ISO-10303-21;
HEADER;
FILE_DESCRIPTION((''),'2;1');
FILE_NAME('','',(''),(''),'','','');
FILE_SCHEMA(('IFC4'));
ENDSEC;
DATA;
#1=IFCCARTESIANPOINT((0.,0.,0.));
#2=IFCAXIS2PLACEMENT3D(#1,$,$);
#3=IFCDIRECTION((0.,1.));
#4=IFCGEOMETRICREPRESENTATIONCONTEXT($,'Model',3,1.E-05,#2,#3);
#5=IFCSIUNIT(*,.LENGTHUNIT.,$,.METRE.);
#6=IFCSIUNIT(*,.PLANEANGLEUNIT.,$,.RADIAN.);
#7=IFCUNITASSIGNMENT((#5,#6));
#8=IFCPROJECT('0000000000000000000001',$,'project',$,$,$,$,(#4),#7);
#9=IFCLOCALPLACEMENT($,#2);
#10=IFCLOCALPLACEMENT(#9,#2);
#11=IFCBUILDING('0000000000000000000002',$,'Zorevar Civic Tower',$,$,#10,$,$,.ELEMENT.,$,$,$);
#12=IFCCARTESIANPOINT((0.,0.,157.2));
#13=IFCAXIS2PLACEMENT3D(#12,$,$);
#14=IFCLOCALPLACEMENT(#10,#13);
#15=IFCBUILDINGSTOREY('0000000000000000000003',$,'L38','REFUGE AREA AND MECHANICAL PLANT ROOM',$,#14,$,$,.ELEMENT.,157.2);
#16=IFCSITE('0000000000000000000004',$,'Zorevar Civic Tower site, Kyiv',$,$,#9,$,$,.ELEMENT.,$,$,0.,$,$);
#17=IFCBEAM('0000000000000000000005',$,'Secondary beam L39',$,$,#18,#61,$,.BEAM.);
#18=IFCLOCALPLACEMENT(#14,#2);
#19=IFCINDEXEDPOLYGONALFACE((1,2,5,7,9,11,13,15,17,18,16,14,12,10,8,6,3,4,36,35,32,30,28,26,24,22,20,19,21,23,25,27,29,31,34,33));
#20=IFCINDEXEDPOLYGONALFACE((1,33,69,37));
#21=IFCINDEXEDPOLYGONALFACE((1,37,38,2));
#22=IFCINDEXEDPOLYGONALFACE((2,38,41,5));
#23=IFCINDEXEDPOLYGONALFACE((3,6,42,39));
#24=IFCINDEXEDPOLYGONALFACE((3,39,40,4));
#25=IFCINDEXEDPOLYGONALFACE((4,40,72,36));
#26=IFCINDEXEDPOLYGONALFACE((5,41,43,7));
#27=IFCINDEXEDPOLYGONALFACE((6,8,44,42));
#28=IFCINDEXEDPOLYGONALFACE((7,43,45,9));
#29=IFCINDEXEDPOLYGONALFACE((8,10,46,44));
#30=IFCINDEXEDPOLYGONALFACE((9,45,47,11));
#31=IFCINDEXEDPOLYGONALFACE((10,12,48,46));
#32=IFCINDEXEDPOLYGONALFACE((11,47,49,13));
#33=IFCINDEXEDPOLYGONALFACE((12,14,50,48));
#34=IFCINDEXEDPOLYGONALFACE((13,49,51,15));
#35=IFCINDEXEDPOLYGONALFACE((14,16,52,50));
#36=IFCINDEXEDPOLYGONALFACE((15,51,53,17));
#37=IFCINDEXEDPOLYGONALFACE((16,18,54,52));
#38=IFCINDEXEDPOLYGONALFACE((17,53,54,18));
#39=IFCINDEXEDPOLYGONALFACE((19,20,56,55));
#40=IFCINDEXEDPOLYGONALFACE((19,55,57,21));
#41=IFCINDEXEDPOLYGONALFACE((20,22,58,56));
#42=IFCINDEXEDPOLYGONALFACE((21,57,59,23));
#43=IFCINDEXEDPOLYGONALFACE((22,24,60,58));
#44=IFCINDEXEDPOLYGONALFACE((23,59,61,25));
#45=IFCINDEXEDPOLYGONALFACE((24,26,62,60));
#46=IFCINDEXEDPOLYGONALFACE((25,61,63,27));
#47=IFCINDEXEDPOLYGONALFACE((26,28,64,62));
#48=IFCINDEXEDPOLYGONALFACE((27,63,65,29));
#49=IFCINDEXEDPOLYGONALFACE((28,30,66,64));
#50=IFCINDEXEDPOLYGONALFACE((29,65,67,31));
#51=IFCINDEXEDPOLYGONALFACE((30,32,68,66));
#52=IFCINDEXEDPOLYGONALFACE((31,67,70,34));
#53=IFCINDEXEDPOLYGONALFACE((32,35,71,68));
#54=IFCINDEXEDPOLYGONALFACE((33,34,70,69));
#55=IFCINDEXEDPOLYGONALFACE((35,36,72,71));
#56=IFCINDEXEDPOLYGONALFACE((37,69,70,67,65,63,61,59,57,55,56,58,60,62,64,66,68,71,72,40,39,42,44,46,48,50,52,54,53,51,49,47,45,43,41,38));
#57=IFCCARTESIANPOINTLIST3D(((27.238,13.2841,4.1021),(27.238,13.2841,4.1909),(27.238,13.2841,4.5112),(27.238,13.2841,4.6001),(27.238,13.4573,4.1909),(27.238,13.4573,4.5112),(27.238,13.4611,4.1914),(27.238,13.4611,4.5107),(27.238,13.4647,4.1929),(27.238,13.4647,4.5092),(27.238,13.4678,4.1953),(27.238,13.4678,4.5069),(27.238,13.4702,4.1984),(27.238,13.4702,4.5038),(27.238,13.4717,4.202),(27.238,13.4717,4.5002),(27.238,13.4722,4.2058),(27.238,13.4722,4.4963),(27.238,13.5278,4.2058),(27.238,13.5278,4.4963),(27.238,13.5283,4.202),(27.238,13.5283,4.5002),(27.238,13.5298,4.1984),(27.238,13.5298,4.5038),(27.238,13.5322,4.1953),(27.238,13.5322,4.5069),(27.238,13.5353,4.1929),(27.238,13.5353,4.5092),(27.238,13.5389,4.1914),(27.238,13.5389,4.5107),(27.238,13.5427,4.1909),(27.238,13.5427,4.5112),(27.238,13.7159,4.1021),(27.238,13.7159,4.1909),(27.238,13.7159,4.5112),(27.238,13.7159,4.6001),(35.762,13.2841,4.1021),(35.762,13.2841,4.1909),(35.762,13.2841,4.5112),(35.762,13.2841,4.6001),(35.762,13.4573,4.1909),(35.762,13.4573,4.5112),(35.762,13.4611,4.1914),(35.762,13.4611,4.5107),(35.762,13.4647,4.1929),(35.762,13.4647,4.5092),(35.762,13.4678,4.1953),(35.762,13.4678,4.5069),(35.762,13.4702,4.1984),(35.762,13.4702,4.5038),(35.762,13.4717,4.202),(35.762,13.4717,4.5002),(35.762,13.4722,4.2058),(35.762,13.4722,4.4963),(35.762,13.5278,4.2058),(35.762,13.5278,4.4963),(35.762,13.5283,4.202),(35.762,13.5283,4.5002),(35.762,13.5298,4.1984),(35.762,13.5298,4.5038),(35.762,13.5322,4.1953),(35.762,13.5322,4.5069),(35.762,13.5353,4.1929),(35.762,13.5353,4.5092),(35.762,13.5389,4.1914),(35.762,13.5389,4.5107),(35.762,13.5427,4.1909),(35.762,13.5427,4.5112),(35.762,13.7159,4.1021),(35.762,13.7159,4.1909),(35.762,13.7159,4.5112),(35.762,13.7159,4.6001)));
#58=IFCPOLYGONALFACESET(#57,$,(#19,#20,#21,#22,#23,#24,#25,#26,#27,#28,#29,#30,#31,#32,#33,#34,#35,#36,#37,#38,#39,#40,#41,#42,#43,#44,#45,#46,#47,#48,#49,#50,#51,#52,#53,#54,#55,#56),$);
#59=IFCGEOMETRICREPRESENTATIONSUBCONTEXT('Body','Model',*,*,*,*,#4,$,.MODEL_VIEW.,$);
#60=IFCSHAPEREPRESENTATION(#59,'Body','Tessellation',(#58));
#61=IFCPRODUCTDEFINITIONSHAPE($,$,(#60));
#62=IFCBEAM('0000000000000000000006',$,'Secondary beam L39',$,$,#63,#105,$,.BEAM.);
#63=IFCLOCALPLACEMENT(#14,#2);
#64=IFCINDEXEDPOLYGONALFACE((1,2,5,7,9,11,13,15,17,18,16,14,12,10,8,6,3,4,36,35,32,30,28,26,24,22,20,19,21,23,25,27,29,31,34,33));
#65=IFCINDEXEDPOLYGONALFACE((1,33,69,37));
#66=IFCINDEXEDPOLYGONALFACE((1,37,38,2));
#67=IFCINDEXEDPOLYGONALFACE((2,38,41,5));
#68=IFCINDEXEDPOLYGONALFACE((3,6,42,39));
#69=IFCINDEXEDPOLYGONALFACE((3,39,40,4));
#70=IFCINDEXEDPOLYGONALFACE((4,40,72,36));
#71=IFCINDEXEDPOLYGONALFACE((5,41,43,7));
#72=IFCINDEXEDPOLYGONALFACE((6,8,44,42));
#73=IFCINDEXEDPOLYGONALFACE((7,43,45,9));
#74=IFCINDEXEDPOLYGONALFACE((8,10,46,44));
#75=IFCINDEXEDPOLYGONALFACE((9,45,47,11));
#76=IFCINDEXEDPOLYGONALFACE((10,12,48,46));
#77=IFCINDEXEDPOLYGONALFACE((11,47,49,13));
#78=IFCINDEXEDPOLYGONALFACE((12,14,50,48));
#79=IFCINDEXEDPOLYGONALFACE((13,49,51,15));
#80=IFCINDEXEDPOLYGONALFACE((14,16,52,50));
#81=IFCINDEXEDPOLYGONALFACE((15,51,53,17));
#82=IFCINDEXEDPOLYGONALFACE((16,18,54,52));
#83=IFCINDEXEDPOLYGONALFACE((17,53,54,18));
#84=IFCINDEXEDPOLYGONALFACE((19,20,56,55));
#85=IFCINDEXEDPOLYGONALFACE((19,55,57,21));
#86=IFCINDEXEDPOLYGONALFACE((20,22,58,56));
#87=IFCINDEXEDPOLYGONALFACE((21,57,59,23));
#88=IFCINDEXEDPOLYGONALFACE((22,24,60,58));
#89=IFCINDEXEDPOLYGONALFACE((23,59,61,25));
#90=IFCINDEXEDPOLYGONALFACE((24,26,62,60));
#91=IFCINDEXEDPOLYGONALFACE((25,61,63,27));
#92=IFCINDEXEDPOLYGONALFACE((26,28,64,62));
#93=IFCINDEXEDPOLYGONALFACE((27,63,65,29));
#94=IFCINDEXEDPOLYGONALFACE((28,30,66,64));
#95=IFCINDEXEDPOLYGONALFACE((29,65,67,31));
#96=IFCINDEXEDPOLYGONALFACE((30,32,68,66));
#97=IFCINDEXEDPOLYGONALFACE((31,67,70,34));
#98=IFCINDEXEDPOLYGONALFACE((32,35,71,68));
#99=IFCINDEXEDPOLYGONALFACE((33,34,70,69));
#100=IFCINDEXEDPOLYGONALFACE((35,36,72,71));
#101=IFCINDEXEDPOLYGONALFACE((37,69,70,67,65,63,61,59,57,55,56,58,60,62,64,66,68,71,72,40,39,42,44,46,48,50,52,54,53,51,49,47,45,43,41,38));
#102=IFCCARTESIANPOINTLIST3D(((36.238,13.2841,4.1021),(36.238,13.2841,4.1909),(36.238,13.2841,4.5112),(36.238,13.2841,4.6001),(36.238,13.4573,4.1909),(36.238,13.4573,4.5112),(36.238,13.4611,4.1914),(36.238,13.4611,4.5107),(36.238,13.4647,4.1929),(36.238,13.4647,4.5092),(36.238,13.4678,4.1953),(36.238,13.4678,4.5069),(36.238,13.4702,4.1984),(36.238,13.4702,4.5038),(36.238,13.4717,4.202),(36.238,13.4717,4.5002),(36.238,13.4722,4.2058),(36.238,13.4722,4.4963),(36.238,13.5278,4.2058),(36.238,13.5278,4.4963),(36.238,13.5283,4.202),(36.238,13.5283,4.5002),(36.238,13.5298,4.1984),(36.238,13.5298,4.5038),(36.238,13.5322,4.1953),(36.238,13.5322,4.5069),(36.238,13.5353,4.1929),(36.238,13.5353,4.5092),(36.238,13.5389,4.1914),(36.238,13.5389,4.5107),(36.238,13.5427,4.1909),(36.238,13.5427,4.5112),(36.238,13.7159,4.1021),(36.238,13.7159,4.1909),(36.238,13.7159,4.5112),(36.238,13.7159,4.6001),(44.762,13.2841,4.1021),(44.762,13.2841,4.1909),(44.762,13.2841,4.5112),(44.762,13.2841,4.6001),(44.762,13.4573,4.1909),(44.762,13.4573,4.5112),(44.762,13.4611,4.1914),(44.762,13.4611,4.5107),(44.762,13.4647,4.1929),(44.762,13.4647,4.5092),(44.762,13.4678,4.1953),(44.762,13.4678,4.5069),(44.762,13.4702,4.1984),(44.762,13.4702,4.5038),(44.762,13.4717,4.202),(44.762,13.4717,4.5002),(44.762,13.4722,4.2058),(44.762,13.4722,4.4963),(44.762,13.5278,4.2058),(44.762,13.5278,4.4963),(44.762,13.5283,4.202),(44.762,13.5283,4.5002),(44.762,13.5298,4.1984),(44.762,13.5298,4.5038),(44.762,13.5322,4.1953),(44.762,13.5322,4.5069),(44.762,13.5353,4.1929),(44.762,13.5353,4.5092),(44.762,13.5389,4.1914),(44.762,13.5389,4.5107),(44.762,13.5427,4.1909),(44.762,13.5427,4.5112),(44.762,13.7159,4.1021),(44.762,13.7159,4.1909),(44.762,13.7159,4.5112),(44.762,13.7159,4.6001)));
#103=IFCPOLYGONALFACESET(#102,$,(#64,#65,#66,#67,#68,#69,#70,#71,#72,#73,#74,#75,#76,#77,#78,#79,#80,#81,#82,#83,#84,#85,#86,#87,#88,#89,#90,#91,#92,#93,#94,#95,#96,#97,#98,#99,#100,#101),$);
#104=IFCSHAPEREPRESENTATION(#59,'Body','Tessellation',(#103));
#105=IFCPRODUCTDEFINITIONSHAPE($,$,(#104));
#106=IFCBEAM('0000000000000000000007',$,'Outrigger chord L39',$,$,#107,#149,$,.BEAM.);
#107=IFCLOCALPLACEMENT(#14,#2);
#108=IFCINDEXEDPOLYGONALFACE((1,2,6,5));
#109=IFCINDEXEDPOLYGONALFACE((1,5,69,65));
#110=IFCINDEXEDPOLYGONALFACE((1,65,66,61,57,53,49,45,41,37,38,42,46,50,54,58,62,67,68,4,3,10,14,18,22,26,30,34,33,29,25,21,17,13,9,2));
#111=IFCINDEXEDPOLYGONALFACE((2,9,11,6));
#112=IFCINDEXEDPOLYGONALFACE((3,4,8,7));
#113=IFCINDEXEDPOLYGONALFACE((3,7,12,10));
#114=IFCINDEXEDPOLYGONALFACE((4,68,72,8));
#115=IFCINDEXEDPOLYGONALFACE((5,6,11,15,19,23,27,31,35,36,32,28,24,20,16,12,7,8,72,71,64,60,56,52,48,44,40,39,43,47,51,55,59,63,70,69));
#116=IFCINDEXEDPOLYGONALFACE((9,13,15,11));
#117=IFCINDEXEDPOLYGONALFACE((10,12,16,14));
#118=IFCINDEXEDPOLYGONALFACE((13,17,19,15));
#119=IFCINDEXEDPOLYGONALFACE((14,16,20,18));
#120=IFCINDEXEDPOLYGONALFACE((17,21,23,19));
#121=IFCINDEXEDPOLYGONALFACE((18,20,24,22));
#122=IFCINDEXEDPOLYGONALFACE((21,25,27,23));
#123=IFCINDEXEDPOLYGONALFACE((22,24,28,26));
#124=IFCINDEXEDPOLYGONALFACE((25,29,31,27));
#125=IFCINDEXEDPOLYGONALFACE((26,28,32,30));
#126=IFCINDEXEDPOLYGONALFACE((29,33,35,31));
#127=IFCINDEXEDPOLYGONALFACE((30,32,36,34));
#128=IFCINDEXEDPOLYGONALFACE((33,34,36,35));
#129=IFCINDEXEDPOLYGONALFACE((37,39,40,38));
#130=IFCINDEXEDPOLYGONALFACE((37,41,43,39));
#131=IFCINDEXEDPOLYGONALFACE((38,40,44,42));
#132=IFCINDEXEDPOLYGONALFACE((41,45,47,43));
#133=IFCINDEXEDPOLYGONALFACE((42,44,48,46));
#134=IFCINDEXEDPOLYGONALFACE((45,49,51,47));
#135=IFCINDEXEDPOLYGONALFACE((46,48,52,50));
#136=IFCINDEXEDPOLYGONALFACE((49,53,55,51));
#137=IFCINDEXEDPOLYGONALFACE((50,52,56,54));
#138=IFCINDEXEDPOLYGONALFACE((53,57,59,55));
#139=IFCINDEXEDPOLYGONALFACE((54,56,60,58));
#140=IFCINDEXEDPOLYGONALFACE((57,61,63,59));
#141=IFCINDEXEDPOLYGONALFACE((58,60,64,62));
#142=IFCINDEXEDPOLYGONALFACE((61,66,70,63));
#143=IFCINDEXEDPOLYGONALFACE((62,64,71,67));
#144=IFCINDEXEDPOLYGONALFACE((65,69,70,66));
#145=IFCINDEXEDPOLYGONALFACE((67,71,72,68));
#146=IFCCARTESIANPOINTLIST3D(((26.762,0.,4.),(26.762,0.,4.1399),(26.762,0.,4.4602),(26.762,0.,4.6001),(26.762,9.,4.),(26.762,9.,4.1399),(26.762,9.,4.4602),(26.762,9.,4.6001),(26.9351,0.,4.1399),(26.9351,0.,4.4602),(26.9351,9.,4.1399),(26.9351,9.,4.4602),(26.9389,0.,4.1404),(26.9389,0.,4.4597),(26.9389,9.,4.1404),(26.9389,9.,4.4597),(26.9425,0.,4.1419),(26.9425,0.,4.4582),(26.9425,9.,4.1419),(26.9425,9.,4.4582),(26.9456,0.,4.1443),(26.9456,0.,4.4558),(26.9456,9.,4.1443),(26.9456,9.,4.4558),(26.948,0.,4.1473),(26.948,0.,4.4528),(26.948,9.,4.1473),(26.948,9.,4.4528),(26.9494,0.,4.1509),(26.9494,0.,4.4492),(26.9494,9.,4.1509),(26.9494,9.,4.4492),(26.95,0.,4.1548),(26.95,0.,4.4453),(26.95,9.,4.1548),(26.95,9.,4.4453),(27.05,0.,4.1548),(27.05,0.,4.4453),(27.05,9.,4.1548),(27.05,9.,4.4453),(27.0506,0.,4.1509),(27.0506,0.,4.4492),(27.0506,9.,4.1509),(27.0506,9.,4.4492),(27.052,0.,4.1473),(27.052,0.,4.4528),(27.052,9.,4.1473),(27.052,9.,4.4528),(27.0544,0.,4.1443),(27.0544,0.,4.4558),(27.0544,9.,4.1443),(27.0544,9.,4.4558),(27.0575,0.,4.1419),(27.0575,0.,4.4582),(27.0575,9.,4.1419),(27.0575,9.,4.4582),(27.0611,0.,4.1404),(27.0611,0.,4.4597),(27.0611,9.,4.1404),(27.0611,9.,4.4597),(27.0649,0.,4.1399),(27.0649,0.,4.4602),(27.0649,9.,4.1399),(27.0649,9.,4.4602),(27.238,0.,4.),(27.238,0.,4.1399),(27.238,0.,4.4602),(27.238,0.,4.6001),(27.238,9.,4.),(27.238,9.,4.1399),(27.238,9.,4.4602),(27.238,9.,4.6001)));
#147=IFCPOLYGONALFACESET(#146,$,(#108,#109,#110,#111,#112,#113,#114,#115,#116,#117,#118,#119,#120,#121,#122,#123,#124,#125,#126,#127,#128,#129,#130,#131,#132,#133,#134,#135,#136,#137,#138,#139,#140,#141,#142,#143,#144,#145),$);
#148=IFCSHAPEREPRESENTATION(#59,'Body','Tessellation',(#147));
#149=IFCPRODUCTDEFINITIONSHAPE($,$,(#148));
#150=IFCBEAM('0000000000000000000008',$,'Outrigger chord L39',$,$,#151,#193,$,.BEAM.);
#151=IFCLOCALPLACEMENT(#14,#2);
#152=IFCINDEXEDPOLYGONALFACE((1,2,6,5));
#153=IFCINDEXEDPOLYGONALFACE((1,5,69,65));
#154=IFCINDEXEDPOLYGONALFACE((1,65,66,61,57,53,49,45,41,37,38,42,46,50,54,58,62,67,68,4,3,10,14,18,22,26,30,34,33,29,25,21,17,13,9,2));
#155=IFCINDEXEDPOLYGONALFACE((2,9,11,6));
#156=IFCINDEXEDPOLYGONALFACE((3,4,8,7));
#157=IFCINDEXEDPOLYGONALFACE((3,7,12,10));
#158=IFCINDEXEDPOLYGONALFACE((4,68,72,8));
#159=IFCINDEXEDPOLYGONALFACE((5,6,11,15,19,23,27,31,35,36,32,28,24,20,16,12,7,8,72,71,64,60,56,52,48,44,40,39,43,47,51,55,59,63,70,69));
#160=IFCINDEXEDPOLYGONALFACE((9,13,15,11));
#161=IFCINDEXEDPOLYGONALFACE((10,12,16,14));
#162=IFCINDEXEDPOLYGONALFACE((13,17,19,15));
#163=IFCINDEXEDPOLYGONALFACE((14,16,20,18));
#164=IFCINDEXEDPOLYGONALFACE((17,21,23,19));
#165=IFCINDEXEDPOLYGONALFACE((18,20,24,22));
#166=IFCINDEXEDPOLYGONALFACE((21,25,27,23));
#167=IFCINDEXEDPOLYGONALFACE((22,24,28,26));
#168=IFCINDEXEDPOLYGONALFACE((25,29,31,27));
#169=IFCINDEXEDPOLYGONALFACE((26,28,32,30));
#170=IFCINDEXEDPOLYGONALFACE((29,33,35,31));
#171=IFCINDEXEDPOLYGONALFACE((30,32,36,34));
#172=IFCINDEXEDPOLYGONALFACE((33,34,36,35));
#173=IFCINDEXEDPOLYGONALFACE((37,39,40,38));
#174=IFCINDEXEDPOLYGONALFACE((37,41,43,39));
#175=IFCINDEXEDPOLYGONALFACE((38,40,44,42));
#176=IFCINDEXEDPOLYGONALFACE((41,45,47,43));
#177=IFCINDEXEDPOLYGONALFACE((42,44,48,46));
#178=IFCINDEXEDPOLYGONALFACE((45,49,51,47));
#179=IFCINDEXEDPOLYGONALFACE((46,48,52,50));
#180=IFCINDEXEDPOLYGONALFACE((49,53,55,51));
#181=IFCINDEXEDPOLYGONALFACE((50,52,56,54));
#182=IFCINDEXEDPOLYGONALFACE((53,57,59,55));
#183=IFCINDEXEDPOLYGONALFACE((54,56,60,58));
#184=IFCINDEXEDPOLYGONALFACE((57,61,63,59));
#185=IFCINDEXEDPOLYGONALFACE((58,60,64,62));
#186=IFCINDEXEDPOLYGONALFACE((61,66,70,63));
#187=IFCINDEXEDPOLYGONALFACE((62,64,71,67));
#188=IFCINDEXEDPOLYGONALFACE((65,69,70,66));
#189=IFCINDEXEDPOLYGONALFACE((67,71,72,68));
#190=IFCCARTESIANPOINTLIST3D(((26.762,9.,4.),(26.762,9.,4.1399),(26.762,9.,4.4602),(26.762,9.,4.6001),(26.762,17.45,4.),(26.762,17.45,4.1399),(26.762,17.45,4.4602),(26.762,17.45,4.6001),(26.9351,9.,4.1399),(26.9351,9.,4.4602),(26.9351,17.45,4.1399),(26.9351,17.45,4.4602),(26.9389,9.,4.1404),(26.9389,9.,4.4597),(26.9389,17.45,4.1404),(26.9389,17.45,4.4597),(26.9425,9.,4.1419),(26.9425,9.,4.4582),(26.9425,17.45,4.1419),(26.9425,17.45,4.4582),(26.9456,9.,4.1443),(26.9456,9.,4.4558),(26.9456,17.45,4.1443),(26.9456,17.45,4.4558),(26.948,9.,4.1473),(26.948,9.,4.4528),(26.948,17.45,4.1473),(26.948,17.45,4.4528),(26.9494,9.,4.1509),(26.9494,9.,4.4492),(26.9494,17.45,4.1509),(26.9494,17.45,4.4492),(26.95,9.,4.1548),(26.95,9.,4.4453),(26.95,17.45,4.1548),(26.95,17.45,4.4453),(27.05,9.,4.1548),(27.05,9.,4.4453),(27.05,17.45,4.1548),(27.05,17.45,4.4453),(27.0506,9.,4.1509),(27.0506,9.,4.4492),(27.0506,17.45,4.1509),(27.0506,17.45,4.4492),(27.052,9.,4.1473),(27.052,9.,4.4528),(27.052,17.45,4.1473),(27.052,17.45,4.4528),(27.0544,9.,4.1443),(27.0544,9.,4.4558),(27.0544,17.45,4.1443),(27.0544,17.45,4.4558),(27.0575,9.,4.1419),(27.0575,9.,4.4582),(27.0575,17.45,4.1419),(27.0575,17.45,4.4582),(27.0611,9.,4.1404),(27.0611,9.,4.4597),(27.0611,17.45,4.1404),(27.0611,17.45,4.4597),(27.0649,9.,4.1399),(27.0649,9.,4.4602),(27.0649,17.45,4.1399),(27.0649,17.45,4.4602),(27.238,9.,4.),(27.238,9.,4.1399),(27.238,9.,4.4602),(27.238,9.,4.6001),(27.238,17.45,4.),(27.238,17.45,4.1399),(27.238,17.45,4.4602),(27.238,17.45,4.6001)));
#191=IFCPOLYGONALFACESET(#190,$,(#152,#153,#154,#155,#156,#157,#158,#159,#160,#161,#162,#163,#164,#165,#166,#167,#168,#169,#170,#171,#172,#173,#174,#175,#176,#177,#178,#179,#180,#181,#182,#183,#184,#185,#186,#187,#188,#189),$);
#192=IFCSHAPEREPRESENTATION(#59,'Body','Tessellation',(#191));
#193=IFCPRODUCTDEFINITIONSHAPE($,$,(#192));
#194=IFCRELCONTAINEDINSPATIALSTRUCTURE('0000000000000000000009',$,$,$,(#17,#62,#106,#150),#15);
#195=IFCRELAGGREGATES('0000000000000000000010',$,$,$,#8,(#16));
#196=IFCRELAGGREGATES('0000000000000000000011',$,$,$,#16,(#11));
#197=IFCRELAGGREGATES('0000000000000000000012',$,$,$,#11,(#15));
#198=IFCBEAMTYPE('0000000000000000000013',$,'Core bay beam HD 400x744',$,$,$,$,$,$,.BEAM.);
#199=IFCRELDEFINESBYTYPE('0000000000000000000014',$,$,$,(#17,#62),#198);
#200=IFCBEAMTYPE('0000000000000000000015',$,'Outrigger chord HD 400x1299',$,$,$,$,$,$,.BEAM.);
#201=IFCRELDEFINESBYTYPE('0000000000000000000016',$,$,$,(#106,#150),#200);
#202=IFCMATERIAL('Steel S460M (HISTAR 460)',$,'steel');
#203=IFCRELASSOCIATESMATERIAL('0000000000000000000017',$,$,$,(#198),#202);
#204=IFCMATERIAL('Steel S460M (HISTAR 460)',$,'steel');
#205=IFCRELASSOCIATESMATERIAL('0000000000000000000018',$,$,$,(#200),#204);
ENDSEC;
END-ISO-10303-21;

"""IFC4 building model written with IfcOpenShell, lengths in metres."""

from ifc_helpers import new_model, si_unit, direction, frame, origin, origin_2d, place, context, subcontext, project, spatial, i_section, extrude, material, material_profile, profile_set, type_object, element, save


model = new_model("IFC4")

# Units and contexts
model_context = context("Model", 3, precision=1e-05, world=origin(), true_north=direction((0.0, 1.0)))
body_context = subcontext(model_context, "Body", "Model", "MODEL_VIEW")
ifc_project = project(units=[si_unit("LENGTHUNIT", "METRE"), si_unit("PLANEANGLEUNIT", "RADIAN")], contexts=[model_context])

# Site, building, storey
site_placement = place(None, origin())
site = spatial("IfcSite", under=ifc_project, at=site_placement, Name="Zorevar Civic Tower site, Kyiv", CompositionType="ELEMENT", RefElevation=0.0)
building_placement = place(site_placement, origin())
building = spatial("IfcBuilding", under=site, at=building_placement, Name="Zorevar Civic Tower", CompositionType="ELEMENT")
storey_placement = place(building_placement, frame((0.0, 0.0, 157.2)))
storey = spatial("IfcBuildingStorey", under=building, at=storey_placement, Name="L38", Description="REFUGE AREA AND MECHANICAL PLANT ROOM", CompositionType="ELEMENT", Elevation=157.2)

# Beams
ifc_material_1 = material(Name="Steel S460M (HISTAR 460)", Category="steel")
ifc_material_profile_1 = material_profile(ifc_material_1, i_section(OverallWidth=0.4319, OverallDepth=0.498, WebThickness=0.0557, FlangeThickness=0.0889, FilletRadius=0.0149, at=origin_2d()), Name="HD 400x744")
ifc_profile_set_1 = profile_set([ifc_material_profile_1], Name="Steel S460M (HISTAR 460)")
beam_type_1 = type_object("IfcBeamType", Name="Core bay beam HD 400x744", PredefinedType="BEAM", material=ifc_profile_set_1)
for number, where, z_axis, x_axis, name in (
    (1, (27.238, 13.5, 4.3511), (1.0, 0.0, 0.0), (0.0, 1.0, 0.0), "Secondary beam L39"),
    (2, (36.238, 13.5, 4.3511), (1.0, 0.0, 0.0), (0.0, 1.0, 0.0), "Secondary beam L39"),
):
    element("IfcBeam", number, at=place(storey_placement, frame(where, z_axis=z_axis, x_axis=x_axis)), inside=storey, type_object=beam_type_1, Name=name, PredefinedType="BEAM", context=body_context, shape_type="SweptSolid", body=[
        extrude(i_section(OverallWidth=0.4319, OverallDepth=0.498, WebThickness=0.0557, FlangeThickness=0.0889, FilletRadius=0.0149, at=origin_2d()), origin(), (0.0, 0.0, 1.0), 8.5239),
    ])
ifc_material_2 = material(Name="Steel S460M (HISTAR 460)", Category="steel")
ifc_material_profile_2 = material_profile(ifc_material_2, i_section(OverallWidth=0.4761, OverallDepth=0.6001, WebThickness=0.1001, FlangeThickness=0.1399, FilletRadius=0.0149, at=origin_2d()), Name="HD 400x1299")
ifc_profile_set_2 = profile_set([ifc_material_profile_2], Name="Steel S460M (HISTAR 460)")
beam_type_2 = type_object("IfcBeamType", Name="Outrigger chord HD 400x1299", PredefinedType="BEAM", material=ifc_profile_set_2)
beam_1_placement = place(storey_placement, frame((27.0, 0.0, 4.3), z_axis=(0.0, 1.0, 0.0), x_axis=(-1.0, 0.0, 0.0)))
element("IfcBeam", 3, at=beam_1_placement, inside=storey, type_object=beam_type_2, Name="Outrigger chord L39", PredefinedType="BEAM", context=body_context, shape_type="SweptSolid", body=[
    extrude(i_section(OverallWidth=0.4761, OverallDepth=0.6001, WebThickness=0.1001, FlangeThickness=0.1399, FilletRadius=0.0149, at=origin_2d()), origin(), (0.0, 0.0, 1.0), 9.0),
])
beam_2_placement = place(storey_placement, frame((27.0, 9.0, 4.3), z_axis=(0.0, 1.0, 0.0), x_axis=(-1.0, 0.0, 0.0)))
element("IfcBeam", 4, at=beam_2_placement, inside=storey, type_object=beam_type_2, Name="Outrigger chord L39", PredefinedType="BEAM", context=body_context, shape_type="SweptSolid", body=[
    extrude(i_section(OverallWidth=0.4761, OverallDepth=0.6001, WebThickness=0.1001, FlangeThickness=0.1399, FilletRadius=0.0149, at=origin_2d()), origin(), (0.0, 0.0, 1.0), 8.45),
])

save(model, "model.ifc")
